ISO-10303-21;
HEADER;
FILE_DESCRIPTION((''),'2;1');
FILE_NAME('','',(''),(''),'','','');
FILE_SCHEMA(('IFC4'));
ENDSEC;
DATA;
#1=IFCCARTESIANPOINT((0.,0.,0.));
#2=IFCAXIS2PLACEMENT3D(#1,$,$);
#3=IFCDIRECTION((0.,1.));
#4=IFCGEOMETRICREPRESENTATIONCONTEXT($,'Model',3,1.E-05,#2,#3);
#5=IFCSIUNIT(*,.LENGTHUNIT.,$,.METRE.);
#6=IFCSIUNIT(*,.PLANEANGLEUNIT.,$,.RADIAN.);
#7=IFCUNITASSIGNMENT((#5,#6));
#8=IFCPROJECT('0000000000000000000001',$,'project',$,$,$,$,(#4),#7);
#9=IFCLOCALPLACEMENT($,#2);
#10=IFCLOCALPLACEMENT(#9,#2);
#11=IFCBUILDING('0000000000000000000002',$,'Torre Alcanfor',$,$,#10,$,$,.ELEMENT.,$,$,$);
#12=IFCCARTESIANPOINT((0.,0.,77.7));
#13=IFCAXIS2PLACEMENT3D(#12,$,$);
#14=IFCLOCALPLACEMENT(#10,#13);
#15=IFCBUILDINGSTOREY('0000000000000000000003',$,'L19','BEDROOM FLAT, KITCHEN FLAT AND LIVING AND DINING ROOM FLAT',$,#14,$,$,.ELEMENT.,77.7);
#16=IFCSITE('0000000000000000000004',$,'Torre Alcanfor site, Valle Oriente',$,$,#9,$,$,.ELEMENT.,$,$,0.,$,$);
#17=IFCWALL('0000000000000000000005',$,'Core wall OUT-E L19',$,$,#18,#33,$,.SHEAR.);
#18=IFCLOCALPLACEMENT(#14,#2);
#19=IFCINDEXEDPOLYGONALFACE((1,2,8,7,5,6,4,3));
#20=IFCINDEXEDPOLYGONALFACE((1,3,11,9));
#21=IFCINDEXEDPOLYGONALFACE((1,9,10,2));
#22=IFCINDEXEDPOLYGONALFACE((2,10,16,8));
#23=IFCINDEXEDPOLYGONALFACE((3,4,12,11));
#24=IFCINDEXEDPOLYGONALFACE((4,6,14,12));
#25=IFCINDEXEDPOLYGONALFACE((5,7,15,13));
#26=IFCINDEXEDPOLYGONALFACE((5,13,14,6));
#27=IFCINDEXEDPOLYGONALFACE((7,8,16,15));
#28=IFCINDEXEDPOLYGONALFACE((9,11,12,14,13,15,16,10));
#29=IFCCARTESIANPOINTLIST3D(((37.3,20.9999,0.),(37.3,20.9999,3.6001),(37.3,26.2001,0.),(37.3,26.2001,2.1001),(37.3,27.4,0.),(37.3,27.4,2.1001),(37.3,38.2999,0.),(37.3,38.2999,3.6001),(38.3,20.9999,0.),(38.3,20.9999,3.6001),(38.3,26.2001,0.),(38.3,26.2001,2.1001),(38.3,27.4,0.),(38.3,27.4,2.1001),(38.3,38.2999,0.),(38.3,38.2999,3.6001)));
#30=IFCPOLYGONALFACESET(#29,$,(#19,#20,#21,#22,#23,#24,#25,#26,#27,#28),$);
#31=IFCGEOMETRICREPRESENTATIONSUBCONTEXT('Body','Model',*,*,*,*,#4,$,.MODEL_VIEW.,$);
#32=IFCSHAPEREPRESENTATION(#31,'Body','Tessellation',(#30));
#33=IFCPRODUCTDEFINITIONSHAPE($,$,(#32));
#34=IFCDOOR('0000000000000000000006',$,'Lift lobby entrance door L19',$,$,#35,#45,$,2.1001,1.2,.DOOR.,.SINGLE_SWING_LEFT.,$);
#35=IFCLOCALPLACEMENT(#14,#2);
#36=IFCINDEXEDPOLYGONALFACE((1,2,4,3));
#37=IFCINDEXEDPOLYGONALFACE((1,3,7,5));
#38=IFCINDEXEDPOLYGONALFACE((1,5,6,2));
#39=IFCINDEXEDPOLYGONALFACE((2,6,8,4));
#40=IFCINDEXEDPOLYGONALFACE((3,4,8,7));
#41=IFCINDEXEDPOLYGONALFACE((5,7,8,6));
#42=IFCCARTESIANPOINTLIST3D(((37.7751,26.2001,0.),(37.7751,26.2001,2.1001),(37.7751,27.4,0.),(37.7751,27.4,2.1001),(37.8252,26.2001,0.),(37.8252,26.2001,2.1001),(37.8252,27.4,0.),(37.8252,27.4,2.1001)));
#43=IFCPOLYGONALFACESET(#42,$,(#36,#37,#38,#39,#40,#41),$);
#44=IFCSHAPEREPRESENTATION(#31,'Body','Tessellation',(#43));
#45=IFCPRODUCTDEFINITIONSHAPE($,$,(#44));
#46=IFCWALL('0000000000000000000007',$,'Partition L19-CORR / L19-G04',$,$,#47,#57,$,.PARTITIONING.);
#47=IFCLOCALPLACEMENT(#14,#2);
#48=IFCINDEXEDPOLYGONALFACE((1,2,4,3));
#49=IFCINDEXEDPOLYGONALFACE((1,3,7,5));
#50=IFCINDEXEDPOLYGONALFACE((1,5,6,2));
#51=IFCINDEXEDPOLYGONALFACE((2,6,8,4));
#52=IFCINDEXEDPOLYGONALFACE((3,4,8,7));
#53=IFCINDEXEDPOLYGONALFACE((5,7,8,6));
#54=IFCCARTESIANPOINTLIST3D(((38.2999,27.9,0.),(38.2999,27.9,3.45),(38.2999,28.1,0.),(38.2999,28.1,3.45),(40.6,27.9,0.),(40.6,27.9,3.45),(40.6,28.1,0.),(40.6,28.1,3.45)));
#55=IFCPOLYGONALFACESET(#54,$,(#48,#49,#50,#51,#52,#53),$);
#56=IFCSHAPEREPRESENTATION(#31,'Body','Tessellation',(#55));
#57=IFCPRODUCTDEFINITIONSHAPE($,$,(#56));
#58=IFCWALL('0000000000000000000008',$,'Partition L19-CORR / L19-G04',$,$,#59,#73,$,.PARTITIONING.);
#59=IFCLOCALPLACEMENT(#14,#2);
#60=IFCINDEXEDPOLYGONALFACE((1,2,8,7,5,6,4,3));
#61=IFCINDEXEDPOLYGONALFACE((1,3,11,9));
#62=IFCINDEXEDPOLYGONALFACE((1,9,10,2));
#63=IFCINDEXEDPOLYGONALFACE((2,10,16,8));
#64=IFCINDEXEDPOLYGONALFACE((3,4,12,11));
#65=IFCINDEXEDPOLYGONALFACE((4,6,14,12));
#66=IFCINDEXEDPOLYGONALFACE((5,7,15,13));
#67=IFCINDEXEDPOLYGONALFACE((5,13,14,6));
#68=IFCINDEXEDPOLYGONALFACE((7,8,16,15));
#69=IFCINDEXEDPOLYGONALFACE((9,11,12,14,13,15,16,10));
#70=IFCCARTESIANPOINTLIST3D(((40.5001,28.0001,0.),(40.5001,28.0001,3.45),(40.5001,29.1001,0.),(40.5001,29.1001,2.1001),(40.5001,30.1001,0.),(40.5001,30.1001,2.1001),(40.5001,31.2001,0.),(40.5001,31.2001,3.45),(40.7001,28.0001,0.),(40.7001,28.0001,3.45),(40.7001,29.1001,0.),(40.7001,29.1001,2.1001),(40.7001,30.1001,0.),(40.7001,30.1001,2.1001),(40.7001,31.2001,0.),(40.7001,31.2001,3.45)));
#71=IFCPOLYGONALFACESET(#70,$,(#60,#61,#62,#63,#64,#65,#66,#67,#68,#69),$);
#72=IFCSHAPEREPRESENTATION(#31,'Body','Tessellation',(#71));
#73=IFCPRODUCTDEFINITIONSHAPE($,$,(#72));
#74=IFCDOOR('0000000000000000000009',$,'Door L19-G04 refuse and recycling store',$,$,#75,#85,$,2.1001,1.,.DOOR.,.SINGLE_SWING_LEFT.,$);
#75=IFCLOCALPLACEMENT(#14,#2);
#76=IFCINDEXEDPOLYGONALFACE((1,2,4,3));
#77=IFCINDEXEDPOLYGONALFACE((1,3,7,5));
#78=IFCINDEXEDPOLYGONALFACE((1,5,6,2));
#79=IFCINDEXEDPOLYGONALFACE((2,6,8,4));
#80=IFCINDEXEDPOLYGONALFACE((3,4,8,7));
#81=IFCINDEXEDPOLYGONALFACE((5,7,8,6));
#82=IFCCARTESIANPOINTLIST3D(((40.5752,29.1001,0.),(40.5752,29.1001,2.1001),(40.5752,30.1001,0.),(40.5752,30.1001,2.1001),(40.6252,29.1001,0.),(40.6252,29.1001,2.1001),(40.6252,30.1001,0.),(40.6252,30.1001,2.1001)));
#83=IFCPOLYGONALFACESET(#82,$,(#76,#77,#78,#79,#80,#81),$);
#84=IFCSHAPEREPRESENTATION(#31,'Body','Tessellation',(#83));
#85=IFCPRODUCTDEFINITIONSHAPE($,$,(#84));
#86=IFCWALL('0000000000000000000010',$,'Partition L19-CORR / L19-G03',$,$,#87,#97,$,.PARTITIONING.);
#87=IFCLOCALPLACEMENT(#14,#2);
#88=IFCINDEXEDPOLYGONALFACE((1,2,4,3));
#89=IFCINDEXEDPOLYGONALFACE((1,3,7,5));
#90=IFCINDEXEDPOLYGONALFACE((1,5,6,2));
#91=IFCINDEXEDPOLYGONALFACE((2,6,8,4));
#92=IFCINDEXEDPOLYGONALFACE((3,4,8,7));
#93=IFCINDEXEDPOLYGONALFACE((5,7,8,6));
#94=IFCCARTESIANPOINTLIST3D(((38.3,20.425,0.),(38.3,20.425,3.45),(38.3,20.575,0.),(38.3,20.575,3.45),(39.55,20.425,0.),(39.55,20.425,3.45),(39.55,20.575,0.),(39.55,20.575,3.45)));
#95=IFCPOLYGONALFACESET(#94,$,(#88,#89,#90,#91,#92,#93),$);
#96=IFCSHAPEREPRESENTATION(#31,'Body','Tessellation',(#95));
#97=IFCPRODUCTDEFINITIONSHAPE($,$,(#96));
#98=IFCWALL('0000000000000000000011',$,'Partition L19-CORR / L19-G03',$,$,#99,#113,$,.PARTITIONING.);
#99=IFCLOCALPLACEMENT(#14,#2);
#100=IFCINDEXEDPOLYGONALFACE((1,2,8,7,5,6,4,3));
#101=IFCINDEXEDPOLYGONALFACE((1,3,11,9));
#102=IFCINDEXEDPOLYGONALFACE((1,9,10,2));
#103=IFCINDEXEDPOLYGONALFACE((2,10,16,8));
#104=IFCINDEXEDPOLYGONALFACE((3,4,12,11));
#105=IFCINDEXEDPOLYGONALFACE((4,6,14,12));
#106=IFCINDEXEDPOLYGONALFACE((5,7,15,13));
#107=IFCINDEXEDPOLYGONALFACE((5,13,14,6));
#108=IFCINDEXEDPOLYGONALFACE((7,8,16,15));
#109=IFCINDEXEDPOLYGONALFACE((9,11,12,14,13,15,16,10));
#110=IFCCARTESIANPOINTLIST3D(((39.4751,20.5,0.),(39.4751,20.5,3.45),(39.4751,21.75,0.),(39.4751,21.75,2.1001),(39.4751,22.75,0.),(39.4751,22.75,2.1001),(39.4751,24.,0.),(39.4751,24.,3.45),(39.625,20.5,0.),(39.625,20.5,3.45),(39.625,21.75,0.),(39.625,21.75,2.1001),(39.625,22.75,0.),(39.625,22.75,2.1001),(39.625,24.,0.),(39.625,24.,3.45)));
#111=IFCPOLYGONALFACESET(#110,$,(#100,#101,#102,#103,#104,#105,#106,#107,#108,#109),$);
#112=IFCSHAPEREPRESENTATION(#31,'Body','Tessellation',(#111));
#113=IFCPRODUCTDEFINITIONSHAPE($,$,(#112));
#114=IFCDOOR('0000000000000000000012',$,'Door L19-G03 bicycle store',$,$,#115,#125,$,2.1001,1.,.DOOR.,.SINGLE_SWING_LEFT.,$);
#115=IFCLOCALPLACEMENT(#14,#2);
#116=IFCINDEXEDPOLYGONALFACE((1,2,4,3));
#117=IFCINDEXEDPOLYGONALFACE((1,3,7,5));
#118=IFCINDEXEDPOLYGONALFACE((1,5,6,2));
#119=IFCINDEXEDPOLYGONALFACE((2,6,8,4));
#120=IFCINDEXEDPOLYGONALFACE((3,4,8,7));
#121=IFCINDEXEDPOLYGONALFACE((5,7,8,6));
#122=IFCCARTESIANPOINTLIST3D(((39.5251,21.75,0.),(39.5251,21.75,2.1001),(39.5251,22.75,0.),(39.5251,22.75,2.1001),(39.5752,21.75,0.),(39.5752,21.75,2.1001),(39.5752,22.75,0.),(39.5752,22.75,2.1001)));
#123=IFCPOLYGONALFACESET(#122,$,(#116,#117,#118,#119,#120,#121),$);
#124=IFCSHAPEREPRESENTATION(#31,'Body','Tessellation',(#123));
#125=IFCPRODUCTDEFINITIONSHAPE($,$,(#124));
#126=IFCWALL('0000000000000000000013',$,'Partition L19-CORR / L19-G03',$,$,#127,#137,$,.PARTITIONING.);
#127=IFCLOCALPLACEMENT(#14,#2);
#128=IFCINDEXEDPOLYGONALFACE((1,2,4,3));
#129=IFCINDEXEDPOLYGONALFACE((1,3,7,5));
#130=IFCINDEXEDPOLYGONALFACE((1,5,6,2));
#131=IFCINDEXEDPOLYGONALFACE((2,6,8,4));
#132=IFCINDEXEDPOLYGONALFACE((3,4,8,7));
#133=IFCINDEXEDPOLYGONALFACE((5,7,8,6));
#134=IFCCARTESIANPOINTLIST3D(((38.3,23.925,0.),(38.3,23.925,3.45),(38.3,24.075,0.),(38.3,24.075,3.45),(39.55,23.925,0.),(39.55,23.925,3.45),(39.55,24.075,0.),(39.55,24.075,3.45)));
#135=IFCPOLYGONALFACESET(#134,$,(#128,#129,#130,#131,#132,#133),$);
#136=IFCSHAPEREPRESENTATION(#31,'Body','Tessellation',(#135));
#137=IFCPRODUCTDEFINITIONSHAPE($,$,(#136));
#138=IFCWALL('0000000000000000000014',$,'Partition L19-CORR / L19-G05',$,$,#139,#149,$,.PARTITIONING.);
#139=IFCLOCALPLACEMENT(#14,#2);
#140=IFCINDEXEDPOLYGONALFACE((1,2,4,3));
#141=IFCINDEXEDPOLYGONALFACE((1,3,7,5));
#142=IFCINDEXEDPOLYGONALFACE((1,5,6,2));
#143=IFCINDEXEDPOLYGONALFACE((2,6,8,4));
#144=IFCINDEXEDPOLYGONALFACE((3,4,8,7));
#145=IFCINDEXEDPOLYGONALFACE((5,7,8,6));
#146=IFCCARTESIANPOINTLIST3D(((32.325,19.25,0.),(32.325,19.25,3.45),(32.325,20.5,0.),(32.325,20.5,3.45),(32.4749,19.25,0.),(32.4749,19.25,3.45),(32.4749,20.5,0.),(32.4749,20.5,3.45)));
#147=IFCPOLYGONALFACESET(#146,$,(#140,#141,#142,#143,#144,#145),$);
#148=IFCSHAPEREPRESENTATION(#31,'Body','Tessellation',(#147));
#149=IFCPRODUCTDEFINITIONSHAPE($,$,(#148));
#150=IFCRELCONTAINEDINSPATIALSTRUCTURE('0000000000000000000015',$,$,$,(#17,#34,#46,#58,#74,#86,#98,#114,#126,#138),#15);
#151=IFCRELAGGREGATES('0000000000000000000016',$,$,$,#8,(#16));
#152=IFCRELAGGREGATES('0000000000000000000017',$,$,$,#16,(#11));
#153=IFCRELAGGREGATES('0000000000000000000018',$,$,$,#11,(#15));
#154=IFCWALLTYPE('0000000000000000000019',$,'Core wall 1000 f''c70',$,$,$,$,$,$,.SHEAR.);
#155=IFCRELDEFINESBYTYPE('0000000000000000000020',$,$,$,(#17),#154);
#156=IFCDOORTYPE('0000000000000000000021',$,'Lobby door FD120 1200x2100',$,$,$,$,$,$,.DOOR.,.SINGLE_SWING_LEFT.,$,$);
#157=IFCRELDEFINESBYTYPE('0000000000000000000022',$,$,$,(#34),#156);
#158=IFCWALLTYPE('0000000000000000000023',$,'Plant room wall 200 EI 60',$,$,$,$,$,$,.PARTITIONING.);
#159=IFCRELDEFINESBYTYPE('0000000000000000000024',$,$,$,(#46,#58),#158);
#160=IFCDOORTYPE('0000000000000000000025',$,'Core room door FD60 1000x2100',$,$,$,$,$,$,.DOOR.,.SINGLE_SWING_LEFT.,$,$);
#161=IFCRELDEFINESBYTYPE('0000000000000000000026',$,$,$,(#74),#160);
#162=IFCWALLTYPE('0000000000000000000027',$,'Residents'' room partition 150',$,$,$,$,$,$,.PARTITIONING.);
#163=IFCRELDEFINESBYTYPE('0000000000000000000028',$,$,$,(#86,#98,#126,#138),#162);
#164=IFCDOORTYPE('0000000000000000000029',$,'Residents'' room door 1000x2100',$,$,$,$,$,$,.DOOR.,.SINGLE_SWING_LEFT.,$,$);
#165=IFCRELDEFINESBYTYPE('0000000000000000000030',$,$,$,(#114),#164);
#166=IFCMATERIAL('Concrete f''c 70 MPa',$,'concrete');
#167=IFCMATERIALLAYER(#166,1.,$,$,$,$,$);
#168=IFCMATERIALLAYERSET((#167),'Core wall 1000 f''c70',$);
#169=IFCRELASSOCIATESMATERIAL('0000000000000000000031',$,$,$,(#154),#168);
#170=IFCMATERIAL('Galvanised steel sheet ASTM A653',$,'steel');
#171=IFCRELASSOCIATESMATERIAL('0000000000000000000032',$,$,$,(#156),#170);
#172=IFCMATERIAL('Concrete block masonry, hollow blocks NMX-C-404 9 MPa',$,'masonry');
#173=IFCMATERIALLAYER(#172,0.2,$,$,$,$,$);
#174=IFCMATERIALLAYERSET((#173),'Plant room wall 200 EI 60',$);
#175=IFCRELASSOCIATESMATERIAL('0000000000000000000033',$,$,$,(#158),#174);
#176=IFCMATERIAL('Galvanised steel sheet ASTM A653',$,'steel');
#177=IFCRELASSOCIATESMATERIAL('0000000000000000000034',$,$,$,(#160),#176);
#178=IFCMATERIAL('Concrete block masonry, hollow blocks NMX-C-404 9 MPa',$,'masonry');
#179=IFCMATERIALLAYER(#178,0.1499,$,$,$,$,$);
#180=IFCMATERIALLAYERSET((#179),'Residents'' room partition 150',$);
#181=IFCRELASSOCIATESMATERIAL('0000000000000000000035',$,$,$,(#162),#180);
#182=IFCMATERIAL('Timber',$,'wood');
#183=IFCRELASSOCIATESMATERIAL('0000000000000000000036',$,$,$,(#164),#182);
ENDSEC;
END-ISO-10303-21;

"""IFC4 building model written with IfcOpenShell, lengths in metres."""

from ifc_helpers import new_model, si_unit, direction, frame, frame_2d, origin, place, context, subcontext, project, spatial, rectangle, extrude, material, layer, layer_set, type_object, element, fill, save


model = new_model("IFC4")

# Units and contexts
model_context = context("Model", 3, precision=1e-05, world=origin(), true_north=direction((0.0, 1.0)))
body_context = subcontext(model_context, "Body", "Model", "MODEL_VIEW")
ifc_project = project(units=[si_unit("LENGTHUNIT", "METRE"), si_unit("PLANEANGLEUNIT", "RADIAN")], contexts=[model_context])

# Site, building, storey
site_placement = place(None, origin())
site = spatial("IfcSite", under=ifc_project, at=site_placement, Name="Torre Alcanfor site, Valle Oriente", CompositionType="ELEMENT", RefElevation=0.0)
building_placement = place(site_placement, origin())
building = spatial("IfcBuilding", under=site, at=building_placement, Name="Torre Alcanfor", CompositionType="ELEMENT")
storey_placement = place(building_placement, frame((0.0, 0.0, 77.7)))
storey = spatial("IfcBuildingStorey", under=building, at=storey_placement, Name="L19", Description="BEDROOM FLAT, KITCHEN FLAT AND LIVING AND DINING ROOM FLAT", CompositionType="ELEMENT", Elevation=77.7)

# Wall, opening, door
ifc_material_1 = material(Name="Concrete f'c 70 MPa", Category="concrete")
ifc_layer_1 = layer(ifc_material_1, 1.0)
ifc_layer_set_1 = layer_set([ifc_layer_1], Name="Core wall 1000 f'c70")
wall_type_1 = type_object("IfcWallType", Name="Core wall 1000 f'c70", PredefinedType="SHEAR", material=ifc_layer_set_1)
wall_1_placement = place(storey_placement, frame((37.8, 21.0, 0.0), z_axis=(0.0, 0.0, 1.0), x_axis=(0.0, 1.0, 0.0)))
wall_1 = element("IfcWall", 1, at=wall_1_placement, inside=storey, type_object=wall_type_1, Name="Core wall OUT-E L19", PredefinedType="SHEAR", context=body_context, shape_type="SweptSolid", body=[
    extrude(rectangle(XDim=17.3, YDim=1.0, at=frame_2d((8.6499, 0.0))), origin(), (0.0, 0.0, 1.0), 3.6001),
])
opening_1_placement = place(wall_1_placement, frame((5.2, 0.0, 0.0)))
opening_1 = element("IfcOpeningElement", 2, at=opening_1_placement, cuts=wall_1, PredefinedType="OPENING", context=body_context, shape_type="SweptSolid", body=[
    extrude(rectangle(XDim=1.2, YDim=2.1001, at=frame_2d((0.6001, 1.05))), frame((0.0, 0.51, 0.0), z_axis=(0.0, -1.0, 0.0), x_axis=(1.0, 0.0, 0.0)), (0.0, 0.0, 1.0), 1.02),
])
ifc_material_2 = material(Name="Galvanised steel sheet ASTM A653", Category="steel")
door_type_1 = type_object("IfcDoorType", Name="Lobby door FD120 1200x2100", OperationType="SINGLE_SWING_LEFT", PredefinedType="DOOR", material=ifc_material_2)
door_1_placement = place(opening_1_placement, origin())
door_1 = element("IfcDoor", 3, at=door_1_placement, inside=storey, type_object=door_type_1, Name="Lift lobby entrance door L19", OperationType="SINGLE_SWING_LEFT", OverallHeight=2.1001, OverallWidth=1.2, PredefinedType="DOOR", context=body_context, shape_type="SweptSolid", body=[
    extrude(rectangle(XDim=1.2, YDim=2.1001, at=frame_2d((0.6001, 1.05))), frame((0.0, 0.0249, 0.0), z_axis=(0.0, -1.0, 0.0), x_axis=(1.0, 0.0, 0.0)), (0.0, 0.0, 1.0), 0.05),
])
fill(opening_1, door_1)

# Wall
ifc_material_3 = material(Name="Concrete block masonry, hollow blocks NMX-C-404 9 MPa", Category="masonry")
ifc_layer_2 = layer(ifc_material_3, 0.2)
ifc_layer_set_2 = layer_set([ifc_layer_2], Name="Plant room wall 200 EI 60")
wall_type_2 = type_object("IfcWallType", Name="Plant room wall 200 EI 60", PredefinedType="PARTITIONING", material=ifc_layer_set_2)
wall_2_placement = place(storey_placement, frame((38.3, 28.0, 0.0), z_axis=(0.0, 0.0, 1.0), x_axis=(1.0, 0.0, 0.0)))
element("IfcWall", 4, at=wall_2_placement, inside=storey, type_object=wall_type_2, Name="Partition L19-CORR / L19-G04", PredefinedType="PARTITIONING", context=body_context, shape_type="SweptSolid", body=[
    extrude(rectangle(XDim=2.3, YDim=0.2, at=frame_2d((1.1499, 0.0))), origin(), (0.0, 0.0, 1.0), 3.45),
])

# Wall, opening, door
wall_3_placement = place(storey_placement, frame((40.6001, 28.0, 0.0), z_axis=(0.0, 0.0, 1.0), x_axis=(0.0, 1.0, 0.0)))
wall_3 = element("IfcWall", 5, at=wall_3_placement, inside=storey, type_object=wall_type_2, Name="Partition L19-CORR / L19-G04", PredefinedType="PARTITIONING", context=body_context, shape_type="SweptSolid", body=[
    extrude(rectangle(XDim=3.2, YDim=0.2, at=frame_2d((1.6001, 0.0))), origin(), (0.0, 0.0, 1.0), 3.45),
])
opening_2_placement = place(wall_3_placement, frame((1.1001, 0.0, 0.0)))
opening_2 = element("IfcOpeningElement", 6, at=opening_2_placement, cuts=wall_3, PredefinedType="OPENING", context=body_context, shape_type="SweptSolid", body=[
    extrude(rectangle(XDim=1.0, YDim=2.1001, at=frame_2d((0.5, 1.05))), frame((0.0, 0.1099, 0.0), z_axis=(0.0, -1.0, 0.0), x_axis=(1.0, 0.0, 0.0)), (0.0, 0.0, 1.0), 0.22),
])
ifc_material_4 = material(Name="Galvanised steel sheet ASTM A653", Category="steel")
door_type_2 = type_object("IfcDoorType", Name="Core room door FD60 1000x2100", OperationType="SINGLE_SWING_LEFT", PredefinedType="DOOR", material=ifc_material_4)
door_2_placement = place(opening_2_placement, origin())
door_2 = element("IfcDoor", 7, at=door_2_placement, inside=storey, type_object=door_type_2, Name="Door L19-G04 refuse and recycling store", OperationType="SINGLE_SWING_LEFT", OverallHeight=2.1001, OverallWidth=1.0, PredefinedType="DOOR", context=body_context, shape_type="SweptSolid", body=[
    extrude(rectangle(XDim=1.0, YDim=2.1001, at=frame_2d((0.5, 1.05))), frame((0.0, 0.0249, 0.0), z_axis=(0.0, -1.0, 0.0), x_axis=(1.0, 0.0, 0.0)), (0.0, 0.0, 1.0), 0.05),
])
fill(opening_2, door_2)

# Wall
ifc_material_5 = material(Name="Concrete block masonry, hollow blocks NMX-C-404 9 MPa", Category="masonry")
ifc_layer_3 = layer(ifc_material_5, 0.1499)
ifc_layer_set_3 = layer_set([ifc_layer_3], Name="Residents' room partition 150")
wall_type_3 = type_object("IfcWallType", Name="Residents' room partition 150", PredefinedType="PARTITIONING", material=ifc_layer_set_3)
wall_4_placement = place(storey_placement, frame((38.3, 20.5, 0.0), z_axis=(0.0, 0.0, 1.0), x_axis=(1.0, 0.0, 0.0)))
element("IfcWall", 8, at=wall_4_placement, inside=storey, type_object=wall_type_3, Name="Partition L19-CORR / L19-G03", PredefinedType="PARTITIONING", context=body_context, shape_type="SweptSolid", body=[
    extrude(rectangle(XDim=1.25, YDim=0.1499, at=frame_2d((0.625, 0.0))), origin(), (0.0, 0.0, 1.0), 3.45),
])

# Wall, opening, door
wall_5_placement = place(storey_placement, frame((39.55, 20.5, 0.0), z_axis=(0.0, 0.0, 1.0), x_axis=(0.0, 1.0, 0.0)))
wall_5 = element("IfcWall", 9, at=wall_5_placement, inside=storey, type_object=wall_type_3, Name="Partition L19-CORR / L19-G03", PredefinedType="PARTITIONING", context=body_context, shape_type="SweptSolid", body=[
    extrude(rectangle(XDim=3.5, YDim=0.1499, at=frame_2d((1.75, 0.0))), origin(), (0.0, 0.0, 1.0), 3.45),
])
opening_3_placement = place(wall_5_placement, frame((1.25, 0.0, 0.0)))
opening_3 = element("IfcOpeningElement", 10, at=opening_3_placement, cuts=wall_5, PredefinedType="OPENING", context=body_context, shape_type="SweptSolid", body=[
    extrude(rectangle(XDim=1.0, YDim=2.1001, at=frame_2d((0.5, 1.05))), frame((0.0, 0.085, 0.0), z_axis=(0.0, -1.0, 0.0), x_axis=(1.0, 0.0, 0.0)), (0.0, 0.0, 1.0), 0.1699),
])
ifc_material_6 = material(Name="Timber", Category="wood")
door_type_3 = type_object("IfcDoorType", Name="Residents' room door 1000x2100", OperationType="SINGLE_SWING_LEFT", PredefinedType="DOOR", material=ifc_material_6)
door_3_placement = place(opening_3_placement, origin())
door_3 = element("IfcDoor", 11, at=door_3_placement, inside=storey, type_object=door_type_3, Name="Door L19-G03 bicycle store", OperationType="SINGLE_SWING_LEFT", OverallHeight=2.1001, OverallWidth=1.0, PredefinedType="DOOR", context=body_context, shape_type="SweptSolid", body=[
    extrude(rectangle(XDim=1.0, YDim=2.1001, at=frame_2d((0.5, 1.05))), frame((0.0, 0.0249, 0.0), z_axis=(0.0, -1.0, 0.0), x_axis=(1.0, 0.0, 0.0)), (0.0, 0.0, 1.0), 0.05),
])
fill(opening_3, door_3)

# Walls
for number, where, z_axis, x_axis, name in (
    (12, (39.55, 24.0, 0.0), (0.0, 0.0, 1.0), (-1.0, 0.0, 0.0), "Partition L19-CORR / L19-G03"),
    (13, (32.3999, 19.25, 0.0), (0.0, 0.0, 1.0), (0.0, 1.0, 0.0), "Partition L19-CORR / L19-G05"),
):
    element("IfcWall", number, at=place(storey_placement, frame(where, z_axis=z_axis, x_axis=x_axis)), inside=storey, type_object=wall_type_3, Name=name, PredefinedType="PARTITIONING", context=body_context, shape_type="SweptSolid", body=[
        extrude(rectangle(XDim=1.25, YDim=0.1499, at=frame_2d((0.625, 0.0))), origin(), (0.0, 0.0, 1.0), 3.45),
    ])

save(model, "model.ifc")
